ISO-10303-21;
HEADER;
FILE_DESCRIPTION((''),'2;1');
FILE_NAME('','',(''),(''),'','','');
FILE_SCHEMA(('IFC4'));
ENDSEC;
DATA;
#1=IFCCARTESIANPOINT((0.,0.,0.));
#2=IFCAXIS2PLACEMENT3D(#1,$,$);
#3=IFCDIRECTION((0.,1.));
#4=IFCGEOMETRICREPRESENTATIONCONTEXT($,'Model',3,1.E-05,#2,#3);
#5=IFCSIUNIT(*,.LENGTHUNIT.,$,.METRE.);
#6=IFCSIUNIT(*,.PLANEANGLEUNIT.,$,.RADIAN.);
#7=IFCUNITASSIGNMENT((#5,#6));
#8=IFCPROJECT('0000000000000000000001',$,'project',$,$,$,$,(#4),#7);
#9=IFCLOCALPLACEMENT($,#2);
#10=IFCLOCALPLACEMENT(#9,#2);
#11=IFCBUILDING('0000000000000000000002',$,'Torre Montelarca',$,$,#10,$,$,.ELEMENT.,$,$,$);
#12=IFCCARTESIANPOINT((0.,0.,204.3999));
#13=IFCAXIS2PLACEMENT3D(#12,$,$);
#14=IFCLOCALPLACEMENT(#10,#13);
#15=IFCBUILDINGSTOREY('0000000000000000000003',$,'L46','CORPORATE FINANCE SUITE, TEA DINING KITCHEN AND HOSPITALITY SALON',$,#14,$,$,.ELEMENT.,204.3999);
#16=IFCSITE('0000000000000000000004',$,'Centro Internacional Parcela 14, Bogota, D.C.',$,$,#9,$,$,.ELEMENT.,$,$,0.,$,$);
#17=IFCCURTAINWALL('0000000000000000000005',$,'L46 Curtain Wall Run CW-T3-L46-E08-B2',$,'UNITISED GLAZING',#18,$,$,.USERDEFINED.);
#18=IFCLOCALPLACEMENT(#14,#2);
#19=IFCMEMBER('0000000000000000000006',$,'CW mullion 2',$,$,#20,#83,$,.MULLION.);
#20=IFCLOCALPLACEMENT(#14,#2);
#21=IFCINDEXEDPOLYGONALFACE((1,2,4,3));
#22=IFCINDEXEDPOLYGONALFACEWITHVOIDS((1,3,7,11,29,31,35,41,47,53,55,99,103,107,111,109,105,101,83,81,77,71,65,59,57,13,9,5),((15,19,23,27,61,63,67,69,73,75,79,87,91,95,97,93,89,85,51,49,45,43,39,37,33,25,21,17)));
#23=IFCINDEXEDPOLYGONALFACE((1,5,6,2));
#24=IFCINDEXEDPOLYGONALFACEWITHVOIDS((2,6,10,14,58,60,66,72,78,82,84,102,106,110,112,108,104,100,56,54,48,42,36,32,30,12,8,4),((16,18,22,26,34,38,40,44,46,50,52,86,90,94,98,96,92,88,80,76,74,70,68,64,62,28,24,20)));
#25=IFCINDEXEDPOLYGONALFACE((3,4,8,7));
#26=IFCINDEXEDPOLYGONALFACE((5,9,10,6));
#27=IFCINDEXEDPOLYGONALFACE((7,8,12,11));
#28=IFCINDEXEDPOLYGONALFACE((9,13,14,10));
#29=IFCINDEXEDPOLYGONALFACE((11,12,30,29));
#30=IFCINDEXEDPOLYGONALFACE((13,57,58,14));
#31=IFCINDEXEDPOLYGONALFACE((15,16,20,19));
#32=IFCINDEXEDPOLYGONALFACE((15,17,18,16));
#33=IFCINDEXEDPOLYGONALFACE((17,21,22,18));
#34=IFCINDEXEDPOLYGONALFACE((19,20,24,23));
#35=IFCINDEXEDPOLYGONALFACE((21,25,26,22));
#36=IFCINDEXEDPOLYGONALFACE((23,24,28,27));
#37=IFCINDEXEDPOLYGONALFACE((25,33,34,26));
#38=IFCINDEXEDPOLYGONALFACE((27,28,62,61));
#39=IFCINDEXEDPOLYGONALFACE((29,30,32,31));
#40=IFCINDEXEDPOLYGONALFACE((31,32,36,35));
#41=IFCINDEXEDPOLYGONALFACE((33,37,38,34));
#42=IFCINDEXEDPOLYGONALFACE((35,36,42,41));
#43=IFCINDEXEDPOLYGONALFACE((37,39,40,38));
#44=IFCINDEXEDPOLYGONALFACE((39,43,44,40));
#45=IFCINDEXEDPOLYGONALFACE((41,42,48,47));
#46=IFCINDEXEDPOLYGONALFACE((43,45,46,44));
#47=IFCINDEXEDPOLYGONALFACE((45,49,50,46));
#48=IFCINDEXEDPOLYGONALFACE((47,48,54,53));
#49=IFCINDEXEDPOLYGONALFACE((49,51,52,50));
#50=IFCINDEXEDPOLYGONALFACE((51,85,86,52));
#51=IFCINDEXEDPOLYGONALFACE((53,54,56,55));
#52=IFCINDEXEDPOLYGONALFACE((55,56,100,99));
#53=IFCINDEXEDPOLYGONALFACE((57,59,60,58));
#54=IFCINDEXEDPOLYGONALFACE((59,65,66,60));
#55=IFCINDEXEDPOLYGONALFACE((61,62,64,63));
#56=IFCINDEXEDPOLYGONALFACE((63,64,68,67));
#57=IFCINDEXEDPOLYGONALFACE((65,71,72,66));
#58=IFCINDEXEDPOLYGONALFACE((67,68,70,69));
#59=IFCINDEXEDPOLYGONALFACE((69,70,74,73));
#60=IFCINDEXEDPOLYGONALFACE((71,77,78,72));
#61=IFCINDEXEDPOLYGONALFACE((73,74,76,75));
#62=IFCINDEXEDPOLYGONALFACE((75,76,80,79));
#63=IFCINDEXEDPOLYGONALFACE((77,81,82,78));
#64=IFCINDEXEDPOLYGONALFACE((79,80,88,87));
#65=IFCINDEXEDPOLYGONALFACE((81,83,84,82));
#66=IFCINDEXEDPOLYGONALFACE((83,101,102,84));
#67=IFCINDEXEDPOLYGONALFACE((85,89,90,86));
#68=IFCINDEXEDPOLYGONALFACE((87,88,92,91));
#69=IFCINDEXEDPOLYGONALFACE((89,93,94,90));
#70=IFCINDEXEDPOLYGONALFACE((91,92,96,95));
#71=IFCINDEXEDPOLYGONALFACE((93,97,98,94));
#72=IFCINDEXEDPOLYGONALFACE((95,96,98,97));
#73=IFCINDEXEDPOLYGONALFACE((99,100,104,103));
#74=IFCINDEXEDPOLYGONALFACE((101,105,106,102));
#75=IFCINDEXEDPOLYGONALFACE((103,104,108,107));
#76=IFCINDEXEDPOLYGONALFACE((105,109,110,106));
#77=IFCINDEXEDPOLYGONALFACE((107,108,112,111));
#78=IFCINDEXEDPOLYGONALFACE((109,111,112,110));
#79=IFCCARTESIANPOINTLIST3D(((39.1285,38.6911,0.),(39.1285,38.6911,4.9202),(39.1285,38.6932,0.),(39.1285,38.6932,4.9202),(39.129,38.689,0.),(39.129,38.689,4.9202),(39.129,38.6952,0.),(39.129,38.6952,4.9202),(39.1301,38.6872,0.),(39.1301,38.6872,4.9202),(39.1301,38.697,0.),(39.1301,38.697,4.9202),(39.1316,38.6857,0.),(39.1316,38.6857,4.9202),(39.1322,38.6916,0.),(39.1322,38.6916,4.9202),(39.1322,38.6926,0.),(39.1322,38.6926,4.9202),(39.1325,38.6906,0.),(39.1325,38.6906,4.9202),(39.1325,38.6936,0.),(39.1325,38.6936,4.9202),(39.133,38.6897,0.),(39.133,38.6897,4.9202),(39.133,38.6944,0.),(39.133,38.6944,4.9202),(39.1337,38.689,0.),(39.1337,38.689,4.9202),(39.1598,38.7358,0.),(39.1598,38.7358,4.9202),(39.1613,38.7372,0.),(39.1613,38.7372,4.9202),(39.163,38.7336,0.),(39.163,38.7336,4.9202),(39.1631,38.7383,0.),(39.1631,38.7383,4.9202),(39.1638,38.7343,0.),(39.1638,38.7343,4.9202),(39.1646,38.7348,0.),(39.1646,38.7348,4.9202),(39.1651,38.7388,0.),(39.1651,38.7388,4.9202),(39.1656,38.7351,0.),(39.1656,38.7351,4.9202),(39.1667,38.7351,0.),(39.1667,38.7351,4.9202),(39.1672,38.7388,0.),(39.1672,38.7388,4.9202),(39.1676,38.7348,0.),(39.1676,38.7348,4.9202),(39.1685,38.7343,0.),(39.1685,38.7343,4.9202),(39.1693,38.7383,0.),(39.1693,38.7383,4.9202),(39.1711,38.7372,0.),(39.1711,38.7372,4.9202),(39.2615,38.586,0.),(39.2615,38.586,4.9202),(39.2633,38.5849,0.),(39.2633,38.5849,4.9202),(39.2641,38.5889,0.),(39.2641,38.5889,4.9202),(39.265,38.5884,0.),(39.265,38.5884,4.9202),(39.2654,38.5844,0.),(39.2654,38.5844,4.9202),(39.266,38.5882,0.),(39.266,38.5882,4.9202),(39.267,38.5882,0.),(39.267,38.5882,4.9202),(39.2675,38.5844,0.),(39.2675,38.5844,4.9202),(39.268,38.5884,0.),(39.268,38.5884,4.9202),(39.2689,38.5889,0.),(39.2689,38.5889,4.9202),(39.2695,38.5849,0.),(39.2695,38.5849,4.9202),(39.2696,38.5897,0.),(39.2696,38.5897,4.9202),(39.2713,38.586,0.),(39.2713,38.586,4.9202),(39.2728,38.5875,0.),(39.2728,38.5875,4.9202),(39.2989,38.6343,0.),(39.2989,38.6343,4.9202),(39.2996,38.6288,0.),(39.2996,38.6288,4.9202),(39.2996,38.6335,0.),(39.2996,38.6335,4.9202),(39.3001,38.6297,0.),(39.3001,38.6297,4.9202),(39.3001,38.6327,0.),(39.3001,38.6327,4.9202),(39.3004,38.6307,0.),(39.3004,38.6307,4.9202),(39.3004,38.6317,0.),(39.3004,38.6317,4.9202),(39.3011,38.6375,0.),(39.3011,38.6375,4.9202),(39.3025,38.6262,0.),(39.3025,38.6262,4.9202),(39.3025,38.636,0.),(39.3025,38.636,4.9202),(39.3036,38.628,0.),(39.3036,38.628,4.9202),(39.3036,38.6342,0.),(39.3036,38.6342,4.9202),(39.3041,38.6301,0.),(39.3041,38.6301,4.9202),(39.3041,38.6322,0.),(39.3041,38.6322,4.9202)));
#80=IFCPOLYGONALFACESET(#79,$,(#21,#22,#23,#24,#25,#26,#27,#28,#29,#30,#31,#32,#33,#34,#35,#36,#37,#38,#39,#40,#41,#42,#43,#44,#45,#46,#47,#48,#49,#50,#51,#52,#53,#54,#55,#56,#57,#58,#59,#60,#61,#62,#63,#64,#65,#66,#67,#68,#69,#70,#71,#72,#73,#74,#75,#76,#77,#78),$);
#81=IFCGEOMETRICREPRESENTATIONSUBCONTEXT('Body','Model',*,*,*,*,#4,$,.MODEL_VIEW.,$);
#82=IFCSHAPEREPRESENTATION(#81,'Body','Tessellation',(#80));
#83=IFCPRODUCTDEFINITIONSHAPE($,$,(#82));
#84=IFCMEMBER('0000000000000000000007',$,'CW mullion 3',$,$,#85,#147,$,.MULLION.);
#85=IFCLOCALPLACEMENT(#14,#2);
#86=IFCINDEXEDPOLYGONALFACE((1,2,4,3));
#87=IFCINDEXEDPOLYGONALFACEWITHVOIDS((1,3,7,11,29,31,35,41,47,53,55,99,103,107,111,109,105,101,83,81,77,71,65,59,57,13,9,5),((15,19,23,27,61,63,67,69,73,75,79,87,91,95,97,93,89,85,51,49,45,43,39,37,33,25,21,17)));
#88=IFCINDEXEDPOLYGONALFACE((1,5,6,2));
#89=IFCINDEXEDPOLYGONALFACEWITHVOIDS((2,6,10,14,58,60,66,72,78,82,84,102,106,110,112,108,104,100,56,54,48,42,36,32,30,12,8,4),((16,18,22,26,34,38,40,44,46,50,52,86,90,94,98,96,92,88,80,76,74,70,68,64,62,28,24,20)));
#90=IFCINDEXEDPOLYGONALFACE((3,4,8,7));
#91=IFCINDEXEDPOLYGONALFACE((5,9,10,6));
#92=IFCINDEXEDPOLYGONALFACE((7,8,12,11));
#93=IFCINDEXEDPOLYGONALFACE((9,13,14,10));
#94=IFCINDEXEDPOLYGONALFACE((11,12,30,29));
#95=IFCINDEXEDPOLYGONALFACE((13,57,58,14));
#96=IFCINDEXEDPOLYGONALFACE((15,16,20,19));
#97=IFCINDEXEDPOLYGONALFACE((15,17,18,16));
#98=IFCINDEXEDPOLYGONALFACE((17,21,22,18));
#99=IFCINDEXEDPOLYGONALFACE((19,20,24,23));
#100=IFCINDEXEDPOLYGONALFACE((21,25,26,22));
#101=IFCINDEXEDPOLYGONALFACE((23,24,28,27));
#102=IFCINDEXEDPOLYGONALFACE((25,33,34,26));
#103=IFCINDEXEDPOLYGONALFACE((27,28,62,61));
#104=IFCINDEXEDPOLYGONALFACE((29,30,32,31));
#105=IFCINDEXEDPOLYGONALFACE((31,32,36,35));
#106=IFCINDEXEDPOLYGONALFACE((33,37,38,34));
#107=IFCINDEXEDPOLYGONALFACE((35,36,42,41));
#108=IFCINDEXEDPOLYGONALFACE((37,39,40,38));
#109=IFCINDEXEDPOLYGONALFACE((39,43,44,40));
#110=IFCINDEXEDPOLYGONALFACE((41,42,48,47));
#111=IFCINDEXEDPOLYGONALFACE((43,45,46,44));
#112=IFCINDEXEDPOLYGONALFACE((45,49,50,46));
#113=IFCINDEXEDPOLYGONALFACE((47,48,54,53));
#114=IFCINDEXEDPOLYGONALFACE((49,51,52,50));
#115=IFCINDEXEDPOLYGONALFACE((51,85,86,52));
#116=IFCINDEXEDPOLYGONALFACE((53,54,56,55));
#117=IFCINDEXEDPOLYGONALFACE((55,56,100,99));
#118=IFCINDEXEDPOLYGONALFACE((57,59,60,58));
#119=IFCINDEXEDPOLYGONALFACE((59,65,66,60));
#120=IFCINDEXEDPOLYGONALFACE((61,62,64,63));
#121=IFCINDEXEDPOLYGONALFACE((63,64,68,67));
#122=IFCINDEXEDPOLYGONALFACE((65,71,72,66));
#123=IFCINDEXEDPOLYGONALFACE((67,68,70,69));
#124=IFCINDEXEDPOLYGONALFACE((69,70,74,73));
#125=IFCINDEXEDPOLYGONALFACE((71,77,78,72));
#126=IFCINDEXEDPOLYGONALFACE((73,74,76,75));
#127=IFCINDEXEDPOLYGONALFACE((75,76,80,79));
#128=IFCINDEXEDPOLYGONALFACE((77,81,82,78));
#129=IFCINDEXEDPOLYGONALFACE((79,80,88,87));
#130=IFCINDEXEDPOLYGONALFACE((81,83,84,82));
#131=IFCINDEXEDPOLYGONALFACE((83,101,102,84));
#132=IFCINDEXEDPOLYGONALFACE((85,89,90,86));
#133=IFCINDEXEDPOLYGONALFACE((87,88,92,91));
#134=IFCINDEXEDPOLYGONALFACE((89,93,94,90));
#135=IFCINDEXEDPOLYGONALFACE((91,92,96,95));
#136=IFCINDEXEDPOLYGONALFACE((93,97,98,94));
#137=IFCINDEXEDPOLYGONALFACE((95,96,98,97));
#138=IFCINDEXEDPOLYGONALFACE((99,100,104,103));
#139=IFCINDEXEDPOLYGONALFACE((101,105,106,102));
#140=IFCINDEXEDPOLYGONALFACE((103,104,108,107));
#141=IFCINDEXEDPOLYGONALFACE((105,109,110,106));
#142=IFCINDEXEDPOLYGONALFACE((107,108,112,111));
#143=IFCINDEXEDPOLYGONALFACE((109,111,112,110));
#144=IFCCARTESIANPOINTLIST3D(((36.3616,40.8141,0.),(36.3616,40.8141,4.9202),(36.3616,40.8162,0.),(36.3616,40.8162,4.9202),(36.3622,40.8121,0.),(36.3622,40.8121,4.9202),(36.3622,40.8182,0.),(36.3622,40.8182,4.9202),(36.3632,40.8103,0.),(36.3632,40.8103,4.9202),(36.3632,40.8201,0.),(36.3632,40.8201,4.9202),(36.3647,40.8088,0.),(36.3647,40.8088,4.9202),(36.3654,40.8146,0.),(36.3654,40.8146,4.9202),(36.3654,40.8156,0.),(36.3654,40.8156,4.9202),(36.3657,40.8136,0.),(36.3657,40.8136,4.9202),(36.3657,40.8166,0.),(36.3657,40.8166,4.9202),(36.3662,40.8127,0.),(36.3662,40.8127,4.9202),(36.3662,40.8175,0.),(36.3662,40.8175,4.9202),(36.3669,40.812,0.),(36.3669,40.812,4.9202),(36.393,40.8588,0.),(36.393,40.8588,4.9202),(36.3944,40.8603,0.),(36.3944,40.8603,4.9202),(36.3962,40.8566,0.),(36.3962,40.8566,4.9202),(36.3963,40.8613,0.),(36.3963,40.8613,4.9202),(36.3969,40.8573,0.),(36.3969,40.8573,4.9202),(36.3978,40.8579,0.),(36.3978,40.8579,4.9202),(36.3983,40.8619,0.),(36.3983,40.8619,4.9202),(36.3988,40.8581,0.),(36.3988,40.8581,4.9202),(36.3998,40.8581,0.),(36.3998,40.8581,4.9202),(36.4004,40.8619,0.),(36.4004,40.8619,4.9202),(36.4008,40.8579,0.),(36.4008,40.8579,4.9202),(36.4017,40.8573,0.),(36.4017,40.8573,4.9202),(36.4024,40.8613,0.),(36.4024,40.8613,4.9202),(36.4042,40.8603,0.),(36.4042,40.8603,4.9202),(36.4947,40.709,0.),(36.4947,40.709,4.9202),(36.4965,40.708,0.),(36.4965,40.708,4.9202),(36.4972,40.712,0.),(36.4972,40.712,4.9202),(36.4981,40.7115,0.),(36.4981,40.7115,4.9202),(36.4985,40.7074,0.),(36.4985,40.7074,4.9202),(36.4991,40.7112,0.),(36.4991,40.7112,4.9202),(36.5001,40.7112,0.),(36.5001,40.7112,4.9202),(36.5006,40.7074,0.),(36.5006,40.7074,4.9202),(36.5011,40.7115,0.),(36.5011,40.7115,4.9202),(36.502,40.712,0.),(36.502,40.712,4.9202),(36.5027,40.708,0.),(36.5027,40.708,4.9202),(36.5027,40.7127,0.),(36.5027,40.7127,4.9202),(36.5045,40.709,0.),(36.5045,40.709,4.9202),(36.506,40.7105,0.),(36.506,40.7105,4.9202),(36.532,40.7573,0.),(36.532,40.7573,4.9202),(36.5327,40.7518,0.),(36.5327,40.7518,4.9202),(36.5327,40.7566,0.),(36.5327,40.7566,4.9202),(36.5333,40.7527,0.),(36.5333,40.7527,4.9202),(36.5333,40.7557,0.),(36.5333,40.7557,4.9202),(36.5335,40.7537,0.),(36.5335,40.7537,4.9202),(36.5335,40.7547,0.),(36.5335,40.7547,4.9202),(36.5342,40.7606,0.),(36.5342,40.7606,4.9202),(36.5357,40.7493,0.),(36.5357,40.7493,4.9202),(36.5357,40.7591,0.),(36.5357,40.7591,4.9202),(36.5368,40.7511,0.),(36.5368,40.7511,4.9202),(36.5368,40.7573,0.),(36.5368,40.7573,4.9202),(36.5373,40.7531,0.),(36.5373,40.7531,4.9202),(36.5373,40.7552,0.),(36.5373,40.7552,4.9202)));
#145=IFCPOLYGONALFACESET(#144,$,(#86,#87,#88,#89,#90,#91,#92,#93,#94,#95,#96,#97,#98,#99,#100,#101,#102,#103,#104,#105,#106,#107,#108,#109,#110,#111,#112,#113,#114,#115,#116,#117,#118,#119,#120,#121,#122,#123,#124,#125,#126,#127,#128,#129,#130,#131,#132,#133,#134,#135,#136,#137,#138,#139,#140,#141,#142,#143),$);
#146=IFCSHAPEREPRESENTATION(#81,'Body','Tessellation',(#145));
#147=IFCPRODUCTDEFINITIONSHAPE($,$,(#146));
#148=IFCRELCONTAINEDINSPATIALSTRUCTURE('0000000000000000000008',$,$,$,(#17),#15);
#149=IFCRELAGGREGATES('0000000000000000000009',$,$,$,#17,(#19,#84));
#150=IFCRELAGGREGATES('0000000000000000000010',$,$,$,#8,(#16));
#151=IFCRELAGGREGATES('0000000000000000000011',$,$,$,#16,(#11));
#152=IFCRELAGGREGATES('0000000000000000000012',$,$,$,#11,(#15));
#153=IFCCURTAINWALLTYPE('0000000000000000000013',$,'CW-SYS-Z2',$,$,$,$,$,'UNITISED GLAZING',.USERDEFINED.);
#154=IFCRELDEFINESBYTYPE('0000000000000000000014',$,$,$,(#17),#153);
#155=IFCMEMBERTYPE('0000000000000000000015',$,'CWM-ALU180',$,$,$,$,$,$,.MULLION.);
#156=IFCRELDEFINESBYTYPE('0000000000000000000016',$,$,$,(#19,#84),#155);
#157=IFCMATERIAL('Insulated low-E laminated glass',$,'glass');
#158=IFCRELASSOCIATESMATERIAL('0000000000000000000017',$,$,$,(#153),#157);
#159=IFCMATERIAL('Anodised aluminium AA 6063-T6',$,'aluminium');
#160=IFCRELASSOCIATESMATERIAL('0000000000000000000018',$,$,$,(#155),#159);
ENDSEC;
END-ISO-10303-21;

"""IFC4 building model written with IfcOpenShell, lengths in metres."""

from ifc_helpers import new_model, si_unit, direction, frame, origin, origin_2d, place, context, subcontext, project, spatial, hollow_rectangle, extrude, source, transform, mapped, material, material_profile, profile_set, type_object, element, aggregate, save


model = new_model("IFC4")

# Units and contexts
model_context = context("Model", 3, precision=1e-05, world=origin(), true_north=direction((0.0, 1.0)))
body_context = subcontext(model_context, "Body", "Model", "MODEL_VIEW")
ifc_project = project(units=[si_unit("LENGTHUNIT", "METRE"), si_unit("PLANEANGLEUNIT", "RADIAN")], contexts=[model_context])

# Site, building, storey
site_placement = place(None, origin())
site = spatial("IfcSite", under=ifc_project, at=site_placement, Name="Centro Internacional Parcela 14, Bogota, D.C.", CompositionType="ELEMENT", RefElevation=0.0)
building_placement = place(site_placement, origin())
building = spatial("IfcBuilding", under=site, at=building_placement, Name="Torre Montelarca", CompositionType="ELEMENT")
storey_placement = place(building_placement, frame((0.0, 0.0, 204.3999)))
storey = spatial("IfcBuildingStorey", under=building, at=storey_placement, Name="L46", Description="CORPORATE FINANCE SUITE, TEA DINING KITCHEN AND HOSPITALITY SALON", CompositionType="ELEMENT", Elevation=204.3999)

# Shared definitions
ifc_material_1 = material(Name="Insulated low-E laminated glass", Category="glass")
curtain_wall_type = type_object("IfcCurtainWallType", Name="CW-SYS-Z2", ElementType="UNITISED GLAZING", PredefinedType="USERDEFINED", material=ifc_material_1)
ifc_material_2 = material(Name="Anodised aluminium AA 6063-T6", Category="aluminium")
ifc_material_profile_1 = material_profile(ifc_material_2, hollow_rectangle(XDim=0.0649, YDim=0.1799, WallThickness=0.0039, InnerFilletRadius=0.0039, OuterFilletRadius=0.0081, at=origin_2d()), Name="ALU65X180X4", Category="aluminium")
ifc_profile_set_1 = profile_set([ifc_material_profile_1], Name="Anodised aluminium AA 6063-T6")
member_type_1 = type_object("IfcMemberType", Name="CWM-ALU180", PredefinedType="MULLION", material=ifc_profile_set_1)
shared_shape_1 = source(origin(), body_context, "Body", "SweptSolid", [
    extrude(hollow_rectangle(XDim=0.0649, YDim=0.1799, WallThickness=0.0039, InnerFilletRadius=0.0039, OuterFilletRadius=0.0081, at=origin_2d()), origin(), (0.0, 0.0, 1.0), 4.9202),
])

# Curtain wall, members
curtain_wall_1_placement = place(storey_placement, origin())
curtain_wall_1 = element("IfcCurtainWall", 1, at=curtain_wall_1_placement, inside=storey, type_object=curtain_wall_type, Name="L46 Curtain Wall Run CW-T3-L46-E08-B2", ObjectType="UNITISED GLAZING", PredefinedType="USERDEFINED")
member_1_placement = place(storey_placement, frame((39.2163, 38.6616, 0.0), z_axis=(0.0, 0.0, 1.0), x_axis=(-0.608771, -0.793346, 0.0)))
member_1 = element("IfcMember", 2, at=member_1_placement, type_object=member_type_1, Name="CW mullion 2", PredefinedType="MULLION", context=body_context, shape_type="MappedRepresentation", body=[
    mapped(shared_shape_1, transform((0.0, 0.0, 0.0), scale=1.0)),
])
member_2_placement = place(storey_placement, frame((36.4495, 40.7847, 0.0), z_axis=(0.0, 0.0, 1.0), x_axis=(-0.608771, -0.793346, 0.0)))
member_2 = element("IfcMember", 3, at=member_2_placement, type_object=member_type_1, Name="CW mullion 3", PredefinedType="MULLION", context=body_context, shape_type="MappedRepresentation", body=[
    mapped(shared_shape_1, transform((0.0, 0.0, 0.0), scale=1.0)),
])

aggregate(curtain_wall_1, [member_1, member_2])

save(model, "model.ifc")
